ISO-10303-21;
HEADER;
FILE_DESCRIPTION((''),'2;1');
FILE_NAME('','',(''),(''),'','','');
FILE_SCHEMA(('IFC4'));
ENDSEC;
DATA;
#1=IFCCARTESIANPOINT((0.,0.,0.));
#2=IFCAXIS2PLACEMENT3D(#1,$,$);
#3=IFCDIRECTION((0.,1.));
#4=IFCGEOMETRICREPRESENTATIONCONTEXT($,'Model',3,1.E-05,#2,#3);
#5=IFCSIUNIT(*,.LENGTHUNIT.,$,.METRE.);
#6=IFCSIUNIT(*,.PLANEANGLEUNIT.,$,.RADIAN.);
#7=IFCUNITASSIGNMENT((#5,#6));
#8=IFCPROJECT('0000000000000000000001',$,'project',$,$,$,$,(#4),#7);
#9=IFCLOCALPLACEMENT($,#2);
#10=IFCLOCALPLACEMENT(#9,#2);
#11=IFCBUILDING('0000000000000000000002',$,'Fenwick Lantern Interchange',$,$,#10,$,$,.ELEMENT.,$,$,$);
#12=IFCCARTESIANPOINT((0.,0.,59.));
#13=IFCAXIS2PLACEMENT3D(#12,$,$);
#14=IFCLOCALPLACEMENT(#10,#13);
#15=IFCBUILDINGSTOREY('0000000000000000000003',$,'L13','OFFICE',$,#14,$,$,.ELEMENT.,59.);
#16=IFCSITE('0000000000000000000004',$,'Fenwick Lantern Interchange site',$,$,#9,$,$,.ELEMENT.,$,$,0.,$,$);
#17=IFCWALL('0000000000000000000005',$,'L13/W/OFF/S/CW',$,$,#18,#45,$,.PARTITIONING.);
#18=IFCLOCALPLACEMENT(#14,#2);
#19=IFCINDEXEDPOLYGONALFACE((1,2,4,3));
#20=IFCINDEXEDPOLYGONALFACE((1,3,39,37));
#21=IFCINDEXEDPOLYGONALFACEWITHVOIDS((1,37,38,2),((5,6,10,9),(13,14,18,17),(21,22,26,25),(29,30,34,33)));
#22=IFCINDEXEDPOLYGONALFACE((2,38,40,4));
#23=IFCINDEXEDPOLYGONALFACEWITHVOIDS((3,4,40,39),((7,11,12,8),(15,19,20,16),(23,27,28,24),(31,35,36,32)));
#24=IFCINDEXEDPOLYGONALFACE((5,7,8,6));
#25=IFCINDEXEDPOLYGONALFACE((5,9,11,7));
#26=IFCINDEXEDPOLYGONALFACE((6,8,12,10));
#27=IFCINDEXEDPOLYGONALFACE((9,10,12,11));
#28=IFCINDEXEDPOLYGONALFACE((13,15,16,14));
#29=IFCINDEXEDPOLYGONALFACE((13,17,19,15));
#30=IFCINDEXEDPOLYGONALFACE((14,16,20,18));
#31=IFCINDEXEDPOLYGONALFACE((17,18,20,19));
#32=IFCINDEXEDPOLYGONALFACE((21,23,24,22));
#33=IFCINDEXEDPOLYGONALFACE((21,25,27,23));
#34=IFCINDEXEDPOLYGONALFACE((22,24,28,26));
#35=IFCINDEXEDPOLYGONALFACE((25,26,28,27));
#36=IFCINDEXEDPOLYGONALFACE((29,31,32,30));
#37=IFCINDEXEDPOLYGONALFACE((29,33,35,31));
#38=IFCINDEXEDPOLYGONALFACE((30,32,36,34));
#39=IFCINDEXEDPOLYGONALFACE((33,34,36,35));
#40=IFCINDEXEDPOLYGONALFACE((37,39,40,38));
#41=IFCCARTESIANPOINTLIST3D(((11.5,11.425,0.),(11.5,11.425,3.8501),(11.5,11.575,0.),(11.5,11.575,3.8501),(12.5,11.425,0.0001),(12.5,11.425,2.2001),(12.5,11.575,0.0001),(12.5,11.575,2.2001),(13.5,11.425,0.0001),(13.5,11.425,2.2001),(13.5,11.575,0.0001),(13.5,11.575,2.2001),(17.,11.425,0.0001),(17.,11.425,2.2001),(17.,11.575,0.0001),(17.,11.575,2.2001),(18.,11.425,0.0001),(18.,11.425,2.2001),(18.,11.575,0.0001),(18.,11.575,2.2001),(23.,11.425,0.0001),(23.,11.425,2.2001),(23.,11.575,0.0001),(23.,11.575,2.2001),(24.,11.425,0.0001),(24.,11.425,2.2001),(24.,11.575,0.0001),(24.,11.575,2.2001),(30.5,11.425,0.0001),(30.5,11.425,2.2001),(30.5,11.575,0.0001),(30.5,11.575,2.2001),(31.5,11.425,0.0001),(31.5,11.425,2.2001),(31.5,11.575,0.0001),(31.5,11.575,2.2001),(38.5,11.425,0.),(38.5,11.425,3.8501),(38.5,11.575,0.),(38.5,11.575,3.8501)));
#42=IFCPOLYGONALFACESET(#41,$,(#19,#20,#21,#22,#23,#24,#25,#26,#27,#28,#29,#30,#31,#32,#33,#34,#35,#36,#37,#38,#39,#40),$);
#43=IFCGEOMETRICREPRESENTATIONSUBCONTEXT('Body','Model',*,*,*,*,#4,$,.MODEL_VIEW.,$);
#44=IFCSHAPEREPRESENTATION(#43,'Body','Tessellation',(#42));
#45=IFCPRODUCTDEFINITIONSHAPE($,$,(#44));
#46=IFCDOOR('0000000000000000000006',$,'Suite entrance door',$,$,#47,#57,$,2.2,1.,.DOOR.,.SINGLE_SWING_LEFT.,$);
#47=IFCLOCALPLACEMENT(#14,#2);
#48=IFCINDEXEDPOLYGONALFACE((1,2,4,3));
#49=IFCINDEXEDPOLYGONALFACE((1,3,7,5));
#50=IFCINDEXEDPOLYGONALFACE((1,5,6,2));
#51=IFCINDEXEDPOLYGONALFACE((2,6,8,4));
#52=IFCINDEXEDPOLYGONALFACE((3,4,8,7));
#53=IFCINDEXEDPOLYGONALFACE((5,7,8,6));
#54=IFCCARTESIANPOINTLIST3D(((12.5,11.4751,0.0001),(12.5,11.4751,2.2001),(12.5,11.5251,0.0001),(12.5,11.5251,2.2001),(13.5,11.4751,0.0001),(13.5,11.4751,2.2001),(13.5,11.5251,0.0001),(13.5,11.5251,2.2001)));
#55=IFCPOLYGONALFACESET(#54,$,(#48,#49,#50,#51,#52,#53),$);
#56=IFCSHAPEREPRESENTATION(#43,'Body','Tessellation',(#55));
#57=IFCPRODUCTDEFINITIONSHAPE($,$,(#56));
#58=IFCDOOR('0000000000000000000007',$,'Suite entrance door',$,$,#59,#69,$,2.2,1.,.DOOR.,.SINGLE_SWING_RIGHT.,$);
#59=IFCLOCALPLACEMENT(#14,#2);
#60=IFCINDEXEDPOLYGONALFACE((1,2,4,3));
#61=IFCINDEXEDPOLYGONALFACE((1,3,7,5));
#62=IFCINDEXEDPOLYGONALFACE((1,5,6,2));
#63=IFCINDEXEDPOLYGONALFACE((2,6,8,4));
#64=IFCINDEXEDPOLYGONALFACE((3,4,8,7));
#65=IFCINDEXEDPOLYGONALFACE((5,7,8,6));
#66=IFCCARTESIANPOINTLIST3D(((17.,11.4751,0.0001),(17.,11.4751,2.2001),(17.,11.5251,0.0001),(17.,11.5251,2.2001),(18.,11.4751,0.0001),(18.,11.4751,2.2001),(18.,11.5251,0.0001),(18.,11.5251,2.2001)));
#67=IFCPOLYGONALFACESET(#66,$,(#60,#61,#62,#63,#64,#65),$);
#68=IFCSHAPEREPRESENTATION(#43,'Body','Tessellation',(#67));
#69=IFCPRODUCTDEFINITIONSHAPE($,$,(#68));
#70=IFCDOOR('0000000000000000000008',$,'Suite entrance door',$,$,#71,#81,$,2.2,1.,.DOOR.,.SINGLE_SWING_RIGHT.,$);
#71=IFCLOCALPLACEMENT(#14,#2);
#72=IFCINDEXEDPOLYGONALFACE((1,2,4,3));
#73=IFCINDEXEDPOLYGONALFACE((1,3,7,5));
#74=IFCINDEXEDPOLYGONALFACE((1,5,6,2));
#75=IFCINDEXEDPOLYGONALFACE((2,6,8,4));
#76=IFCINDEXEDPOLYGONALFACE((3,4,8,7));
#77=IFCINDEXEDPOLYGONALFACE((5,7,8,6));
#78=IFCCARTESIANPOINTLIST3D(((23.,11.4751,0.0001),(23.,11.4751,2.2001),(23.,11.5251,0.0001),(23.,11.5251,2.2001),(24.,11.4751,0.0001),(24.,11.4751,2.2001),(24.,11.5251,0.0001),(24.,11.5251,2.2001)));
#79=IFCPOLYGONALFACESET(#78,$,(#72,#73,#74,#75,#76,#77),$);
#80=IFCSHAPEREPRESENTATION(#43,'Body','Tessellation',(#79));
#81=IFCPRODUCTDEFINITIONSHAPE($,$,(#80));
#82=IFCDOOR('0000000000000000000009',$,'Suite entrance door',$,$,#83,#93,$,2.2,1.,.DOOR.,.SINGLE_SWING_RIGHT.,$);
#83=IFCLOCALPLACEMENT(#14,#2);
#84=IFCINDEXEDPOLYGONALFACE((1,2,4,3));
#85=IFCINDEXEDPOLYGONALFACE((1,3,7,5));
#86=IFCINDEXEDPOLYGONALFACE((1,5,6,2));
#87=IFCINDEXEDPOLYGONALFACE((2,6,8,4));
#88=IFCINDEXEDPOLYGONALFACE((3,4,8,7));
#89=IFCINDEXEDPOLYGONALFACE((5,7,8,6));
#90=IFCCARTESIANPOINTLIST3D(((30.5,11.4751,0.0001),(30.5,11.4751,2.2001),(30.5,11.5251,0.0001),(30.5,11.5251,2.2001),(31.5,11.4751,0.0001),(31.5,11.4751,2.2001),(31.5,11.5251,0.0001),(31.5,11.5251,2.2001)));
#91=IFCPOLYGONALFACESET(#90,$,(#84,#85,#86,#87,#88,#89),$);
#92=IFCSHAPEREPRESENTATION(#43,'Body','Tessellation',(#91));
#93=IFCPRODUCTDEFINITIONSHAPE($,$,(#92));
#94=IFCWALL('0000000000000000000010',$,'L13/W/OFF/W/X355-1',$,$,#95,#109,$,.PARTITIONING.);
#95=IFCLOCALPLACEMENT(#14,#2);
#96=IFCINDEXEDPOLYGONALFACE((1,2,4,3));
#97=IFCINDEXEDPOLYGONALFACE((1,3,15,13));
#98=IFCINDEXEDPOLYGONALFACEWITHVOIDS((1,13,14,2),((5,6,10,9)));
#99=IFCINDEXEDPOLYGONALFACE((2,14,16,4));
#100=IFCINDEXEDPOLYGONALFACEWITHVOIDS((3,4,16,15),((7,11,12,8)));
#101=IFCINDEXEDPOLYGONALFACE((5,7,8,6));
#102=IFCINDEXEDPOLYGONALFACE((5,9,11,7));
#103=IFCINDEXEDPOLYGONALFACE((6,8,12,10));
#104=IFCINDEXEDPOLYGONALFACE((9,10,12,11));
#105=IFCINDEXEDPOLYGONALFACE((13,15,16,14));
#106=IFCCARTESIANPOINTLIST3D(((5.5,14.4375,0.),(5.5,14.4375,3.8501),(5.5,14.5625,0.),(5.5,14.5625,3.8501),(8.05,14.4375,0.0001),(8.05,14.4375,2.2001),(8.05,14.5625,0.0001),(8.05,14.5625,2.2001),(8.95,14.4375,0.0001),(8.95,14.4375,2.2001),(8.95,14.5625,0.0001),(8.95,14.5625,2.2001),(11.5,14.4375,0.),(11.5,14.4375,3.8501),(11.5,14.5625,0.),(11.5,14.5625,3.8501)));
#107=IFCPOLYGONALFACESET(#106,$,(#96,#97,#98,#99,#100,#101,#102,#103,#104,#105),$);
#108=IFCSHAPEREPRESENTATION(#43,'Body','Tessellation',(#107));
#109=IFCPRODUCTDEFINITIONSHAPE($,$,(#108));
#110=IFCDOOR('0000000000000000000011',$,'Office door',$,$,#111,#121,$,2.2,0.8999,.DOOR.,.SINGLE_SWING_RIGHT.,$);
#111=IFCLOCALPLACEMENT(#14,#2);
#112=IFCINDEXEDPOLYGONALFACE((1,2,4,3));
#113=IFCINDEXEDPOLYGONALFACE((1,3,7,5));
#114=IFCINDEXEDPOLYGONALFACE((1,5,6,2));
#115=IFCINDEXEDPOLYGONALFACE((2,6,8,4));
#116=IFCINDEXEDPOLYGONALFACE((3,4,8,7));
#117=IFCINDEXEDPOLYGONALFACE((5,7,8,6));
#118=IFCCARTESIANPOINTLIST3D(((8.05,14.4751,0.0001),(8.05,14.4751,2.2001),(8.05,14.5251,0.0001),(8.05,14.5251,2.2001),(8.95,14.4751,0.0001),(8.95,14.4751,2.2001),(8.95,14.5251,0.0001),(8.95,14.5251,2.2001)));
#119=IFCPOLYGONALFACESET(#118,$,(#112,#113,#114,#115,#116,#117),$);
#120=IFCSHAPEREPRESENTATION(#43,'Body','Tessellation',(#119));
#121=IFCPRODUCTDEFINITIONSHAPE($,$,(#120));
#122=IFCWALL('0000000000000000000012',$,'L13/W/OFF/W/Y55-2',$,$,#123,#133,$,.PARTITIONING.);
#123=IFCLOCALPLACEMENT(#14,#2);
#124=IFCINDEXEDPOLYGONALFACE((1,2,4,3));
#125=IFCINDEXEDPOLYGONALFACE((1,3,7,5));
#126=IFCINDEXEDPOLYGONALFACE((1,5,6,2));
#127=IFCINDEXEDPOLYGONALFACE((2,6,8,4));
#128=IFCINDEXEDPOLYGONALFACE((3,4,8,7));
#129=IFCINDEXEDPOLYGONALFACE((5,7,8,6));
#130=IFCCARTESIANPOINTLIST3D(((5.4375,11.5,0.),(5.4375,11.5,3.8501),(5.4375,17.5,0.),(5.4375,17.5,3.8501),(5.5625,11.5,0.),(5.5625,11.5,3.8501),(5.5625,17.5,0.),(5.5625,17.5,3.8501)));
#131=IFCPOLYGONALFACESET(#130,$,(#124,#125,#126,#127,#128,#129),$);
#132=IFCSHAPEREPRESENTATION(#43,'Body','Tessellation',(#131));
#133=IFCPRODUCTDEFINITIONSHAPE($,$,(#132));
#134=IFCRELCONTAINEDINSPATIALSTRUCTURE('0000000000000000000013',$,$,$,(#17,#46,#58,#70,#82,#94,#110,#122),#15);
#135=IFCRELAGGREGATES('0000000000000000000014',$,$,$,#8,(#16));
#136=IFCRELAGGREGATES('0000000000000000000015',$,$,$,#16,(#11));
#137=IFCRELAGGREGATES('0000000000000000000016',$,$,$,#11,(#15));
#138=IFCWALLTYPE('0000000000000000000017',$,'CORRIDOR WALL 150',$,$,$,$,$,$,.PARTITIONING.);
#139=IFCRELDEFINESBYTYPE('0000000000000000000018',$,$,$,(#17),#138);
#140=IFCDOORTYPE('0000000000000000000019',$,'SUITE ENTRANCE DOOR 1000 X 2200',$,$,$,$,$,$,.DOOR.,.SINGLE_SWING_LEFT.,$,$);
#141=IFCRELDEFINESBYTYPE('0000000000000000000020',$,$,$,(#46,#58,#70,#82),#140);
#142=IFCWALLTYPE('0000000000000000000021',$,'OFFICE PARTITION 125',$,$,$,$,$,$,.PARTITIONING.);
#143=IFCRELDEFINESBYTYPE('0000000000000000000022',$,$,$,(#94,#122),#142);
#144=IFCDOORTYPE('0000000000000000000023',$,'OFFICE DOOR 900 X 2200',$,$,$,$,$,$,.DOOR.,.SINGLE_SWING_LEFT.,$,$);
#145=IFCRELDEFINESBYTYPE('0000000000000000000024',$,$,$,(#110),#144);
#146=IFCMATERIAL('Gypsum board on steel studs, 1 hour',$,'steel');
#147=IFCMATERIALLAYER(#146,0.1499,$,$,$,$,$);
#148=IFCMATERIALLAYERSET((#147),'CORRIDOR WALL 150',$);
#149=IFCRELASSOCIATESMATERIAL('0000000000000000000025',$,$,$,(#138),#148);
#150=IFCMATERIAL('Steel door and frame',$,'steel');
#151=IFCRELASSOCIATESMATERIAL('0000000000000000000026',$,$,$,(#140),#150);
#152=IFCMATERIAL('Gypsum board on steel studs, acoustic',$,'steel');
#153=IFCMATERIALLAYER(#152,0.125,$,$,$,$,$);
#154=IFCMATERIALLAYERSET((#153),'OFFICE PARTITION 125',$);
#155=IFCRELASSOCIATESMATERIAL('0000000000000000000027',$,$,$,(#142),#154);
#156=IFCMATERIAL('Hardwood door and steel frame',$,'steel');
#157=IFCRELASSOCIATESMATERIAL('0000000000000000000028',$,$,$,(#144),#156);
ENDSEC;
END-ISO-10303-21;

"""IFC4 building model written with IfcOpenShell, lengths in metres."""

from ifc_helpers import new_model, si_unit, direction, frame, frame_2d, origin, place, context, subcontext, project, spatial, rectangle, extrude, material, layer, layer_set, type_object, element, fill, save


model = new_model("IFC4")

# Units and contexts
model_context = context("Model", 3, precision=1e-05, world=origin(), true_north=direction((0.0, 1.0)))
body_context = subcontext(model_context, "Body", "Model", "MODEL_VIEW")
ifc_project = project(units=[si_unit("LENGTHUNIT", "METRE"), si_unit("PLANEANGLEUNIT", "RADIAN")], contexts=[model_context])

# Site, building, storey
site_placement = place(None, origin())
site = spatial("IfcSite", under=ifc_project, at=site_placement, Name="Fenwick Lantern Interchange site", CompositionType="ELEMENT", RefElevation=0.0)
building_placement = place(site_placement, origin())
building = spatial("IfcBuilding", under=site, at=building_placement, Name="Fenwick Lantern Interchange", CompositionType="ELEMENT")
storey_placement = place(building_placement, frame((0.0, 0.0, 59.0)))
storey = spatial("IfcBuildingStorey", under=building, at=storey_placement, Name="L13", Description="OFFICE", CompositionType="ELEMENT", Elevation=59.0)

# Shared definitions
ifc_material_1 = material(Name="Steel door and frame", Category="steel")

# Wall, openings, doors
ifc_material_2 = material(Name="Hardwood door and steel frame", Category="steel")
ifc_material_3 = material(Name="Gypsum board on steel studs, 1 hour", Category="steel")
ifc_layer_1 = layer(ifc_material_3, 0.1499)
ifc_layer_set_1 = layer_set([ifc_layer_1], Name="CORRIDOR WALL 150")
wall_type_1 = type_object("IfcWallType", Name="CORRIDOR WALL 150", PredefinedType="PARTITIONING", material=ifc_layer_set_1)
wall_1_placement = place(storey_placement, frame((11.5, 11.5, 0.0), z_axis=(0.0, 0.0, 1.0), x_axis=(1.0, 0.0, 0.0)))
wall_1 = element("IfcWall", 1, at=wall_1_placement, inside=storey, type_object=wall_type_1, Name="L13/W/OFF/S/CW", PredefinedType="PARTITIONING", context=body_context, shape_type="SweptSolid", body=[
    extrude(rectangle(XDim=27.0, YDim=0.1499, at=frame_2d((13.5, 0.0))), origin(), (0.0, 0.0, 1.0), 3.8501),
])
opening_1_placement = place(wall_1_placement, frame((1.0, 0.0, 0.0)))
opening_1 = element("IfcOpeningElement", 2, at=opening_1_placement, cuts=wall_1, PredefinedType="OPENING", context=body_context, shape_type="SweptSolid", body=[
    extrude(rectangle(XDim=1.0, YDim=2.2, at=frame_2d((0.5, 1.1001))), frame((0.0, 0.085, 0.0), z_axis=(0.0, -1.0, 0.0), x_axis=(1.0, 0.0, 0.0)), (0.0, 0.0, 1.0), 0.1699),
])
opening_2_placement = place(wall_1_placement, frame((5.5, 0.0, 0.0)))
opening_2 = element("IfcOpeningElement", 3, at=opening_2_placement, cuts=wall_1, PredefinedType="OPENING", context=body_context, shape_type="SweptSolid", body=[
    extrude(rectangle(XDim=1.0, YDim=2.2, at=frame_2d((0.5, 1.1001))), frame((0.0, 0.085, 0.0), z_axis=(0.0, -1.0, 0.0), x_axis=(1.0, 0.0, 0.0)), (0.0, 0.0, 1.0), 0.1699),
])
opening_3_placement = place(wall_1_placement, frame((11.5, 0.0, 0.0)))
opening_3 = element("IfcOpeningElement", 4, at=opening_3_placement, cuts=wall_1, PredefinedType="OPENING", context=body_context, shape_type="SweptSolid", body=[
    extrude(rectangle(XDim=1.0, YDim=2.2, at=frame_2d((0.5, 1.1001))), frame((0.0, 0.085, 0.0), z_axis=(0.0, -1.0, 0.0), x_axis=(1.0, 0.0, 0.0)), (0.0, 0.0, 1.0), 0.1699),
])
opening_4_placement = place(wall_1_placement, frame((19.0, 0.0, 0.0)))
opening_4 = element("IfcOpeningElement", 5, at=opening_4_placement, cuts=wall_1, PredefinedType="OPENING", context=body_context, shape_type="SweptSolid", body=[
    extrude(rectangle(XDim=1.0, YDim=2.2, at=frame_2d((0.5, 1.1001))), frame((0.0, 0.085, 0.0), z_axis=(0.0, -1.0, 0.0), x_axis=(1.0, 0.0, 0.0)), (0.0, 0.0, 1.0), 0.1699),
])
door_type_1 = type_object("IfcDoorType", Name="SUITE ENTRANCE DOOR 1000 X 2200", OperationType="SINGLE_SWING_LEFT", PredefinedType="DOOR", material=ifc_material_1)
door_1_placement = place(opening_1_placement, frame((1.0, 0.0, 0.0), z_axis=(0.0, 0.0, 1.0), x_axis=(-1.0, 0.0, 0.0)))
door_1 = element("IfcDoor", 6, at=door_1_placement, inside=storey, type_object=door_type_1, Name="Suite entrance door", OperationType="SINGLE_SWING_LEFT", OverallHeight=2.2, OverallWidth=1.0, PredefinedType="DOOR", context=body_context, shape_type="SweptSolid", body=[
    extrude(rectangle(XDim=1.0, YDim=2.2, at=frame_2d((0.5, 1.1001))), frame((0.0, 0.0249, 0.0), z_axis=(0.0, -1.0, 0.0), x_axis=(1.0, 0.0, 0.0)), (0.0, 0.0, 1.0), 0.05),
])
fill(opening_1, door_1)
door_2_placement = place(opening_2_placement, frame((1.0, 0.0, 0.0), z_axis=(0.0, 0.0, 1.0), x_axis=(-1.0, 0.0, 0.0)))
door_2 = element("IfcDoor", 7, at=door_2_placement, inside=storey, type_object=door_type_1, Name="Suite entrance door", OperationType="SINGLE_SWING_RIGHT", OverallHeight=2.2, OverallWidth=1.0, PredefinedType="DOOR", context=body_context, shape_type="SweptSolid", body=[
    extrude(rectangle(XDim=1.0, YDim=2.2, at=frame_2d((0.5, 1.1001))), frame((0.0, 0.0249, 0.0), z_axis=(0.0, -1.0, 0.0), x_axis=(1.0, 0.0, 0.0)), (0.0, 0.0, 1.0), 0.05),
])
fill(opening_2, door_2)
door_3_placement = place(opening_3_placement, frame((1.0, 0.0, 0.0), z_axis=(0.0, 0.0, 1.0), x_axis=(-1.0, 0.0, 0.0)))
door_3 = element("IfcDoor", 8, at=door_3_placement, inside=storey, type_object=door_type_1, Name="Suite entrance door", OperationType="SINGLE_SWING_RIGHT", OverallHeight=2.2, OverallWidth=1.0, PredefinedType="DOOR", context=body_context, shape_type="SweptSolid", body=[
    extrude(rectangle(XDim=1.0, YDim=2.2, at=frame_2d((0.5, 1.1001))), frame((0.0, 0.0249, 0.0), z_axis=(0.0, -1.0, 0.0), x_axis=(1.0, 0.0, 0.0)), (0.0, 0.0, 1.0), 0.05),
])
fill(opening_3, door_3)
door_4_placement = place(opening_4_placement, frame((1.0, 0.0, 0.0), z_axis=(0.0, 0.0, 1.0), x_axis=(-1.0, 0.0, 0.0)))
door_4 = element("IfcDoor", 9, at=door_4_placement, inside=storey, type_object=door_type_1, Name="Suite entrance door", OperationType="SINGLE_SWING_RIGHT", OverallHeight=2.2, OverallWidth=1.0, PredefinedType="DOOR", context=body_context, shape_type="SweptSolid", body=[
    extrude(rectangle(XDim=1.0, YDim=2.2, at=frame_2d((0.5, 1.1001))), frame((0.0, 0.0249, 0.0), z_axis=(0.0, -1.0, 0.0), x_axis=(1.0, 0.0, 0.0)), (0.0, 0.0, 1.0), 0.05),
])
fill(opening_4, door_4)

# Wall, opening, door
ifc_material_4 = material(Name="Gypsum board on steel studs, acoustic", Category="steel")
ifc_layer_2 = layer(ifc_material_4, 0.125)
ifc_layer_set_2 = layer_set([ifc_layer_2], Name="OFFICE PARTITION 125")
wall_type_2 = type_object("IfcWallType", Name="OFFICE PARTITION 125", PredefinedType="PARTITIONING", material=ifc_layer_set_2)
wall_2_placement = place(storey_placement, frame((5.5, 14.5, 0.0), z_axis=(0.0, 0.0, 1.0), x_axis=(1.0, 0.0, 0.0)))
wall_2 = element("IfcWall", 10, at=wall_2_placement, inside=storey, type_object=wall_type_2, Name="L13/W/OFF/W/X355-1", PredefinedType="PARTITIONING", context=body_context, shape_type="SweptSolid", body=[
    extrude(rectangle(XDim=6.0, YDim=0.125, at=frame_2d((3.0, 0.0))), origin(), (0.0, 0.0, 1.0), 3.8501),
])
opening_5_placement = place(wall_2_placement, frame((2.55, 0.0, 0.0)))
opening_5 = element("IfcOpeningElement", 11, at=opening_5_placement, cuts=wall_2, PredefinedType="OPENING", context=body_context, shape_type="SweptSolid", body=[
    extrude(rectangle(XDim=0.8999, YDim=2.2, at=frame_2d((0.45, 1.1001))), frame((0.0, 0.0725, 0.0), z_axis=(0.0, -1.0, 0.0), x_axis=(1.0, 0.0, 0.0)), (0.0, 0.0, 1.0), 0.145),
])
door_type_2 = type_object("IfcDoorType", Name="OFFICE DOOR 900 X 2200", OperationType="SINGLE_SWING_LEFT", PredefinedType="DOOR", material=ifc_material_2)
door_5_placement = place(opening_5_placement, frame((0.8999, 0.0, 0.0), z_axis=(0.0, 0.0, 1.0), x_axis=(-1.0, 0.0, 0.0)))
door_5 = element("IfcDoor", 12, at=door_5_placement, inside=storey, type_object=door_type_2, Name="Office door", OperationType="SINGLE_SWING_RIGHT", OverallHeight=2.2, OverallWidth=0.8999, PredefinedType="DOOR", context=body_context, shape_type="SweptSolid", body=[
    extrude(rectangle(XDim=0.8999, YDim=2.2, at=frame_2d((0.45, 1.1001))), frame((0.0, 0.0249, 0.0), z_axis=(0.0, -1.0, 0.0), x_axis=(1.0, 0.0, 0.0)), (0.0, 0.0, 1.0), 0.05),
])
fill(opening_5, door_5)

# Wall
wall_3_placement = place(storey_placement, frame((5.5, 17.5, 0.0), z_axis=(0.0, 0.0, 1.0), x_axis=(0.0, -1.0, 0.0)))
element("IfcWall", 13, at=wall_3_placement, inside=storey, type_object=wall_type_2, Name="L13/W/OFF/W/Y55-2", PredefinedType="PARTITIONING", context=body_context, shape_type="SweptSolid", body=[
    extrude(rectangle(XDim=6.0, YDim=0.125, at=frame_2d((3.0, 0.0))), origin(), (0.0, 0.0, 1.0), 3.8501),
])

save(model, "model.ifc")
